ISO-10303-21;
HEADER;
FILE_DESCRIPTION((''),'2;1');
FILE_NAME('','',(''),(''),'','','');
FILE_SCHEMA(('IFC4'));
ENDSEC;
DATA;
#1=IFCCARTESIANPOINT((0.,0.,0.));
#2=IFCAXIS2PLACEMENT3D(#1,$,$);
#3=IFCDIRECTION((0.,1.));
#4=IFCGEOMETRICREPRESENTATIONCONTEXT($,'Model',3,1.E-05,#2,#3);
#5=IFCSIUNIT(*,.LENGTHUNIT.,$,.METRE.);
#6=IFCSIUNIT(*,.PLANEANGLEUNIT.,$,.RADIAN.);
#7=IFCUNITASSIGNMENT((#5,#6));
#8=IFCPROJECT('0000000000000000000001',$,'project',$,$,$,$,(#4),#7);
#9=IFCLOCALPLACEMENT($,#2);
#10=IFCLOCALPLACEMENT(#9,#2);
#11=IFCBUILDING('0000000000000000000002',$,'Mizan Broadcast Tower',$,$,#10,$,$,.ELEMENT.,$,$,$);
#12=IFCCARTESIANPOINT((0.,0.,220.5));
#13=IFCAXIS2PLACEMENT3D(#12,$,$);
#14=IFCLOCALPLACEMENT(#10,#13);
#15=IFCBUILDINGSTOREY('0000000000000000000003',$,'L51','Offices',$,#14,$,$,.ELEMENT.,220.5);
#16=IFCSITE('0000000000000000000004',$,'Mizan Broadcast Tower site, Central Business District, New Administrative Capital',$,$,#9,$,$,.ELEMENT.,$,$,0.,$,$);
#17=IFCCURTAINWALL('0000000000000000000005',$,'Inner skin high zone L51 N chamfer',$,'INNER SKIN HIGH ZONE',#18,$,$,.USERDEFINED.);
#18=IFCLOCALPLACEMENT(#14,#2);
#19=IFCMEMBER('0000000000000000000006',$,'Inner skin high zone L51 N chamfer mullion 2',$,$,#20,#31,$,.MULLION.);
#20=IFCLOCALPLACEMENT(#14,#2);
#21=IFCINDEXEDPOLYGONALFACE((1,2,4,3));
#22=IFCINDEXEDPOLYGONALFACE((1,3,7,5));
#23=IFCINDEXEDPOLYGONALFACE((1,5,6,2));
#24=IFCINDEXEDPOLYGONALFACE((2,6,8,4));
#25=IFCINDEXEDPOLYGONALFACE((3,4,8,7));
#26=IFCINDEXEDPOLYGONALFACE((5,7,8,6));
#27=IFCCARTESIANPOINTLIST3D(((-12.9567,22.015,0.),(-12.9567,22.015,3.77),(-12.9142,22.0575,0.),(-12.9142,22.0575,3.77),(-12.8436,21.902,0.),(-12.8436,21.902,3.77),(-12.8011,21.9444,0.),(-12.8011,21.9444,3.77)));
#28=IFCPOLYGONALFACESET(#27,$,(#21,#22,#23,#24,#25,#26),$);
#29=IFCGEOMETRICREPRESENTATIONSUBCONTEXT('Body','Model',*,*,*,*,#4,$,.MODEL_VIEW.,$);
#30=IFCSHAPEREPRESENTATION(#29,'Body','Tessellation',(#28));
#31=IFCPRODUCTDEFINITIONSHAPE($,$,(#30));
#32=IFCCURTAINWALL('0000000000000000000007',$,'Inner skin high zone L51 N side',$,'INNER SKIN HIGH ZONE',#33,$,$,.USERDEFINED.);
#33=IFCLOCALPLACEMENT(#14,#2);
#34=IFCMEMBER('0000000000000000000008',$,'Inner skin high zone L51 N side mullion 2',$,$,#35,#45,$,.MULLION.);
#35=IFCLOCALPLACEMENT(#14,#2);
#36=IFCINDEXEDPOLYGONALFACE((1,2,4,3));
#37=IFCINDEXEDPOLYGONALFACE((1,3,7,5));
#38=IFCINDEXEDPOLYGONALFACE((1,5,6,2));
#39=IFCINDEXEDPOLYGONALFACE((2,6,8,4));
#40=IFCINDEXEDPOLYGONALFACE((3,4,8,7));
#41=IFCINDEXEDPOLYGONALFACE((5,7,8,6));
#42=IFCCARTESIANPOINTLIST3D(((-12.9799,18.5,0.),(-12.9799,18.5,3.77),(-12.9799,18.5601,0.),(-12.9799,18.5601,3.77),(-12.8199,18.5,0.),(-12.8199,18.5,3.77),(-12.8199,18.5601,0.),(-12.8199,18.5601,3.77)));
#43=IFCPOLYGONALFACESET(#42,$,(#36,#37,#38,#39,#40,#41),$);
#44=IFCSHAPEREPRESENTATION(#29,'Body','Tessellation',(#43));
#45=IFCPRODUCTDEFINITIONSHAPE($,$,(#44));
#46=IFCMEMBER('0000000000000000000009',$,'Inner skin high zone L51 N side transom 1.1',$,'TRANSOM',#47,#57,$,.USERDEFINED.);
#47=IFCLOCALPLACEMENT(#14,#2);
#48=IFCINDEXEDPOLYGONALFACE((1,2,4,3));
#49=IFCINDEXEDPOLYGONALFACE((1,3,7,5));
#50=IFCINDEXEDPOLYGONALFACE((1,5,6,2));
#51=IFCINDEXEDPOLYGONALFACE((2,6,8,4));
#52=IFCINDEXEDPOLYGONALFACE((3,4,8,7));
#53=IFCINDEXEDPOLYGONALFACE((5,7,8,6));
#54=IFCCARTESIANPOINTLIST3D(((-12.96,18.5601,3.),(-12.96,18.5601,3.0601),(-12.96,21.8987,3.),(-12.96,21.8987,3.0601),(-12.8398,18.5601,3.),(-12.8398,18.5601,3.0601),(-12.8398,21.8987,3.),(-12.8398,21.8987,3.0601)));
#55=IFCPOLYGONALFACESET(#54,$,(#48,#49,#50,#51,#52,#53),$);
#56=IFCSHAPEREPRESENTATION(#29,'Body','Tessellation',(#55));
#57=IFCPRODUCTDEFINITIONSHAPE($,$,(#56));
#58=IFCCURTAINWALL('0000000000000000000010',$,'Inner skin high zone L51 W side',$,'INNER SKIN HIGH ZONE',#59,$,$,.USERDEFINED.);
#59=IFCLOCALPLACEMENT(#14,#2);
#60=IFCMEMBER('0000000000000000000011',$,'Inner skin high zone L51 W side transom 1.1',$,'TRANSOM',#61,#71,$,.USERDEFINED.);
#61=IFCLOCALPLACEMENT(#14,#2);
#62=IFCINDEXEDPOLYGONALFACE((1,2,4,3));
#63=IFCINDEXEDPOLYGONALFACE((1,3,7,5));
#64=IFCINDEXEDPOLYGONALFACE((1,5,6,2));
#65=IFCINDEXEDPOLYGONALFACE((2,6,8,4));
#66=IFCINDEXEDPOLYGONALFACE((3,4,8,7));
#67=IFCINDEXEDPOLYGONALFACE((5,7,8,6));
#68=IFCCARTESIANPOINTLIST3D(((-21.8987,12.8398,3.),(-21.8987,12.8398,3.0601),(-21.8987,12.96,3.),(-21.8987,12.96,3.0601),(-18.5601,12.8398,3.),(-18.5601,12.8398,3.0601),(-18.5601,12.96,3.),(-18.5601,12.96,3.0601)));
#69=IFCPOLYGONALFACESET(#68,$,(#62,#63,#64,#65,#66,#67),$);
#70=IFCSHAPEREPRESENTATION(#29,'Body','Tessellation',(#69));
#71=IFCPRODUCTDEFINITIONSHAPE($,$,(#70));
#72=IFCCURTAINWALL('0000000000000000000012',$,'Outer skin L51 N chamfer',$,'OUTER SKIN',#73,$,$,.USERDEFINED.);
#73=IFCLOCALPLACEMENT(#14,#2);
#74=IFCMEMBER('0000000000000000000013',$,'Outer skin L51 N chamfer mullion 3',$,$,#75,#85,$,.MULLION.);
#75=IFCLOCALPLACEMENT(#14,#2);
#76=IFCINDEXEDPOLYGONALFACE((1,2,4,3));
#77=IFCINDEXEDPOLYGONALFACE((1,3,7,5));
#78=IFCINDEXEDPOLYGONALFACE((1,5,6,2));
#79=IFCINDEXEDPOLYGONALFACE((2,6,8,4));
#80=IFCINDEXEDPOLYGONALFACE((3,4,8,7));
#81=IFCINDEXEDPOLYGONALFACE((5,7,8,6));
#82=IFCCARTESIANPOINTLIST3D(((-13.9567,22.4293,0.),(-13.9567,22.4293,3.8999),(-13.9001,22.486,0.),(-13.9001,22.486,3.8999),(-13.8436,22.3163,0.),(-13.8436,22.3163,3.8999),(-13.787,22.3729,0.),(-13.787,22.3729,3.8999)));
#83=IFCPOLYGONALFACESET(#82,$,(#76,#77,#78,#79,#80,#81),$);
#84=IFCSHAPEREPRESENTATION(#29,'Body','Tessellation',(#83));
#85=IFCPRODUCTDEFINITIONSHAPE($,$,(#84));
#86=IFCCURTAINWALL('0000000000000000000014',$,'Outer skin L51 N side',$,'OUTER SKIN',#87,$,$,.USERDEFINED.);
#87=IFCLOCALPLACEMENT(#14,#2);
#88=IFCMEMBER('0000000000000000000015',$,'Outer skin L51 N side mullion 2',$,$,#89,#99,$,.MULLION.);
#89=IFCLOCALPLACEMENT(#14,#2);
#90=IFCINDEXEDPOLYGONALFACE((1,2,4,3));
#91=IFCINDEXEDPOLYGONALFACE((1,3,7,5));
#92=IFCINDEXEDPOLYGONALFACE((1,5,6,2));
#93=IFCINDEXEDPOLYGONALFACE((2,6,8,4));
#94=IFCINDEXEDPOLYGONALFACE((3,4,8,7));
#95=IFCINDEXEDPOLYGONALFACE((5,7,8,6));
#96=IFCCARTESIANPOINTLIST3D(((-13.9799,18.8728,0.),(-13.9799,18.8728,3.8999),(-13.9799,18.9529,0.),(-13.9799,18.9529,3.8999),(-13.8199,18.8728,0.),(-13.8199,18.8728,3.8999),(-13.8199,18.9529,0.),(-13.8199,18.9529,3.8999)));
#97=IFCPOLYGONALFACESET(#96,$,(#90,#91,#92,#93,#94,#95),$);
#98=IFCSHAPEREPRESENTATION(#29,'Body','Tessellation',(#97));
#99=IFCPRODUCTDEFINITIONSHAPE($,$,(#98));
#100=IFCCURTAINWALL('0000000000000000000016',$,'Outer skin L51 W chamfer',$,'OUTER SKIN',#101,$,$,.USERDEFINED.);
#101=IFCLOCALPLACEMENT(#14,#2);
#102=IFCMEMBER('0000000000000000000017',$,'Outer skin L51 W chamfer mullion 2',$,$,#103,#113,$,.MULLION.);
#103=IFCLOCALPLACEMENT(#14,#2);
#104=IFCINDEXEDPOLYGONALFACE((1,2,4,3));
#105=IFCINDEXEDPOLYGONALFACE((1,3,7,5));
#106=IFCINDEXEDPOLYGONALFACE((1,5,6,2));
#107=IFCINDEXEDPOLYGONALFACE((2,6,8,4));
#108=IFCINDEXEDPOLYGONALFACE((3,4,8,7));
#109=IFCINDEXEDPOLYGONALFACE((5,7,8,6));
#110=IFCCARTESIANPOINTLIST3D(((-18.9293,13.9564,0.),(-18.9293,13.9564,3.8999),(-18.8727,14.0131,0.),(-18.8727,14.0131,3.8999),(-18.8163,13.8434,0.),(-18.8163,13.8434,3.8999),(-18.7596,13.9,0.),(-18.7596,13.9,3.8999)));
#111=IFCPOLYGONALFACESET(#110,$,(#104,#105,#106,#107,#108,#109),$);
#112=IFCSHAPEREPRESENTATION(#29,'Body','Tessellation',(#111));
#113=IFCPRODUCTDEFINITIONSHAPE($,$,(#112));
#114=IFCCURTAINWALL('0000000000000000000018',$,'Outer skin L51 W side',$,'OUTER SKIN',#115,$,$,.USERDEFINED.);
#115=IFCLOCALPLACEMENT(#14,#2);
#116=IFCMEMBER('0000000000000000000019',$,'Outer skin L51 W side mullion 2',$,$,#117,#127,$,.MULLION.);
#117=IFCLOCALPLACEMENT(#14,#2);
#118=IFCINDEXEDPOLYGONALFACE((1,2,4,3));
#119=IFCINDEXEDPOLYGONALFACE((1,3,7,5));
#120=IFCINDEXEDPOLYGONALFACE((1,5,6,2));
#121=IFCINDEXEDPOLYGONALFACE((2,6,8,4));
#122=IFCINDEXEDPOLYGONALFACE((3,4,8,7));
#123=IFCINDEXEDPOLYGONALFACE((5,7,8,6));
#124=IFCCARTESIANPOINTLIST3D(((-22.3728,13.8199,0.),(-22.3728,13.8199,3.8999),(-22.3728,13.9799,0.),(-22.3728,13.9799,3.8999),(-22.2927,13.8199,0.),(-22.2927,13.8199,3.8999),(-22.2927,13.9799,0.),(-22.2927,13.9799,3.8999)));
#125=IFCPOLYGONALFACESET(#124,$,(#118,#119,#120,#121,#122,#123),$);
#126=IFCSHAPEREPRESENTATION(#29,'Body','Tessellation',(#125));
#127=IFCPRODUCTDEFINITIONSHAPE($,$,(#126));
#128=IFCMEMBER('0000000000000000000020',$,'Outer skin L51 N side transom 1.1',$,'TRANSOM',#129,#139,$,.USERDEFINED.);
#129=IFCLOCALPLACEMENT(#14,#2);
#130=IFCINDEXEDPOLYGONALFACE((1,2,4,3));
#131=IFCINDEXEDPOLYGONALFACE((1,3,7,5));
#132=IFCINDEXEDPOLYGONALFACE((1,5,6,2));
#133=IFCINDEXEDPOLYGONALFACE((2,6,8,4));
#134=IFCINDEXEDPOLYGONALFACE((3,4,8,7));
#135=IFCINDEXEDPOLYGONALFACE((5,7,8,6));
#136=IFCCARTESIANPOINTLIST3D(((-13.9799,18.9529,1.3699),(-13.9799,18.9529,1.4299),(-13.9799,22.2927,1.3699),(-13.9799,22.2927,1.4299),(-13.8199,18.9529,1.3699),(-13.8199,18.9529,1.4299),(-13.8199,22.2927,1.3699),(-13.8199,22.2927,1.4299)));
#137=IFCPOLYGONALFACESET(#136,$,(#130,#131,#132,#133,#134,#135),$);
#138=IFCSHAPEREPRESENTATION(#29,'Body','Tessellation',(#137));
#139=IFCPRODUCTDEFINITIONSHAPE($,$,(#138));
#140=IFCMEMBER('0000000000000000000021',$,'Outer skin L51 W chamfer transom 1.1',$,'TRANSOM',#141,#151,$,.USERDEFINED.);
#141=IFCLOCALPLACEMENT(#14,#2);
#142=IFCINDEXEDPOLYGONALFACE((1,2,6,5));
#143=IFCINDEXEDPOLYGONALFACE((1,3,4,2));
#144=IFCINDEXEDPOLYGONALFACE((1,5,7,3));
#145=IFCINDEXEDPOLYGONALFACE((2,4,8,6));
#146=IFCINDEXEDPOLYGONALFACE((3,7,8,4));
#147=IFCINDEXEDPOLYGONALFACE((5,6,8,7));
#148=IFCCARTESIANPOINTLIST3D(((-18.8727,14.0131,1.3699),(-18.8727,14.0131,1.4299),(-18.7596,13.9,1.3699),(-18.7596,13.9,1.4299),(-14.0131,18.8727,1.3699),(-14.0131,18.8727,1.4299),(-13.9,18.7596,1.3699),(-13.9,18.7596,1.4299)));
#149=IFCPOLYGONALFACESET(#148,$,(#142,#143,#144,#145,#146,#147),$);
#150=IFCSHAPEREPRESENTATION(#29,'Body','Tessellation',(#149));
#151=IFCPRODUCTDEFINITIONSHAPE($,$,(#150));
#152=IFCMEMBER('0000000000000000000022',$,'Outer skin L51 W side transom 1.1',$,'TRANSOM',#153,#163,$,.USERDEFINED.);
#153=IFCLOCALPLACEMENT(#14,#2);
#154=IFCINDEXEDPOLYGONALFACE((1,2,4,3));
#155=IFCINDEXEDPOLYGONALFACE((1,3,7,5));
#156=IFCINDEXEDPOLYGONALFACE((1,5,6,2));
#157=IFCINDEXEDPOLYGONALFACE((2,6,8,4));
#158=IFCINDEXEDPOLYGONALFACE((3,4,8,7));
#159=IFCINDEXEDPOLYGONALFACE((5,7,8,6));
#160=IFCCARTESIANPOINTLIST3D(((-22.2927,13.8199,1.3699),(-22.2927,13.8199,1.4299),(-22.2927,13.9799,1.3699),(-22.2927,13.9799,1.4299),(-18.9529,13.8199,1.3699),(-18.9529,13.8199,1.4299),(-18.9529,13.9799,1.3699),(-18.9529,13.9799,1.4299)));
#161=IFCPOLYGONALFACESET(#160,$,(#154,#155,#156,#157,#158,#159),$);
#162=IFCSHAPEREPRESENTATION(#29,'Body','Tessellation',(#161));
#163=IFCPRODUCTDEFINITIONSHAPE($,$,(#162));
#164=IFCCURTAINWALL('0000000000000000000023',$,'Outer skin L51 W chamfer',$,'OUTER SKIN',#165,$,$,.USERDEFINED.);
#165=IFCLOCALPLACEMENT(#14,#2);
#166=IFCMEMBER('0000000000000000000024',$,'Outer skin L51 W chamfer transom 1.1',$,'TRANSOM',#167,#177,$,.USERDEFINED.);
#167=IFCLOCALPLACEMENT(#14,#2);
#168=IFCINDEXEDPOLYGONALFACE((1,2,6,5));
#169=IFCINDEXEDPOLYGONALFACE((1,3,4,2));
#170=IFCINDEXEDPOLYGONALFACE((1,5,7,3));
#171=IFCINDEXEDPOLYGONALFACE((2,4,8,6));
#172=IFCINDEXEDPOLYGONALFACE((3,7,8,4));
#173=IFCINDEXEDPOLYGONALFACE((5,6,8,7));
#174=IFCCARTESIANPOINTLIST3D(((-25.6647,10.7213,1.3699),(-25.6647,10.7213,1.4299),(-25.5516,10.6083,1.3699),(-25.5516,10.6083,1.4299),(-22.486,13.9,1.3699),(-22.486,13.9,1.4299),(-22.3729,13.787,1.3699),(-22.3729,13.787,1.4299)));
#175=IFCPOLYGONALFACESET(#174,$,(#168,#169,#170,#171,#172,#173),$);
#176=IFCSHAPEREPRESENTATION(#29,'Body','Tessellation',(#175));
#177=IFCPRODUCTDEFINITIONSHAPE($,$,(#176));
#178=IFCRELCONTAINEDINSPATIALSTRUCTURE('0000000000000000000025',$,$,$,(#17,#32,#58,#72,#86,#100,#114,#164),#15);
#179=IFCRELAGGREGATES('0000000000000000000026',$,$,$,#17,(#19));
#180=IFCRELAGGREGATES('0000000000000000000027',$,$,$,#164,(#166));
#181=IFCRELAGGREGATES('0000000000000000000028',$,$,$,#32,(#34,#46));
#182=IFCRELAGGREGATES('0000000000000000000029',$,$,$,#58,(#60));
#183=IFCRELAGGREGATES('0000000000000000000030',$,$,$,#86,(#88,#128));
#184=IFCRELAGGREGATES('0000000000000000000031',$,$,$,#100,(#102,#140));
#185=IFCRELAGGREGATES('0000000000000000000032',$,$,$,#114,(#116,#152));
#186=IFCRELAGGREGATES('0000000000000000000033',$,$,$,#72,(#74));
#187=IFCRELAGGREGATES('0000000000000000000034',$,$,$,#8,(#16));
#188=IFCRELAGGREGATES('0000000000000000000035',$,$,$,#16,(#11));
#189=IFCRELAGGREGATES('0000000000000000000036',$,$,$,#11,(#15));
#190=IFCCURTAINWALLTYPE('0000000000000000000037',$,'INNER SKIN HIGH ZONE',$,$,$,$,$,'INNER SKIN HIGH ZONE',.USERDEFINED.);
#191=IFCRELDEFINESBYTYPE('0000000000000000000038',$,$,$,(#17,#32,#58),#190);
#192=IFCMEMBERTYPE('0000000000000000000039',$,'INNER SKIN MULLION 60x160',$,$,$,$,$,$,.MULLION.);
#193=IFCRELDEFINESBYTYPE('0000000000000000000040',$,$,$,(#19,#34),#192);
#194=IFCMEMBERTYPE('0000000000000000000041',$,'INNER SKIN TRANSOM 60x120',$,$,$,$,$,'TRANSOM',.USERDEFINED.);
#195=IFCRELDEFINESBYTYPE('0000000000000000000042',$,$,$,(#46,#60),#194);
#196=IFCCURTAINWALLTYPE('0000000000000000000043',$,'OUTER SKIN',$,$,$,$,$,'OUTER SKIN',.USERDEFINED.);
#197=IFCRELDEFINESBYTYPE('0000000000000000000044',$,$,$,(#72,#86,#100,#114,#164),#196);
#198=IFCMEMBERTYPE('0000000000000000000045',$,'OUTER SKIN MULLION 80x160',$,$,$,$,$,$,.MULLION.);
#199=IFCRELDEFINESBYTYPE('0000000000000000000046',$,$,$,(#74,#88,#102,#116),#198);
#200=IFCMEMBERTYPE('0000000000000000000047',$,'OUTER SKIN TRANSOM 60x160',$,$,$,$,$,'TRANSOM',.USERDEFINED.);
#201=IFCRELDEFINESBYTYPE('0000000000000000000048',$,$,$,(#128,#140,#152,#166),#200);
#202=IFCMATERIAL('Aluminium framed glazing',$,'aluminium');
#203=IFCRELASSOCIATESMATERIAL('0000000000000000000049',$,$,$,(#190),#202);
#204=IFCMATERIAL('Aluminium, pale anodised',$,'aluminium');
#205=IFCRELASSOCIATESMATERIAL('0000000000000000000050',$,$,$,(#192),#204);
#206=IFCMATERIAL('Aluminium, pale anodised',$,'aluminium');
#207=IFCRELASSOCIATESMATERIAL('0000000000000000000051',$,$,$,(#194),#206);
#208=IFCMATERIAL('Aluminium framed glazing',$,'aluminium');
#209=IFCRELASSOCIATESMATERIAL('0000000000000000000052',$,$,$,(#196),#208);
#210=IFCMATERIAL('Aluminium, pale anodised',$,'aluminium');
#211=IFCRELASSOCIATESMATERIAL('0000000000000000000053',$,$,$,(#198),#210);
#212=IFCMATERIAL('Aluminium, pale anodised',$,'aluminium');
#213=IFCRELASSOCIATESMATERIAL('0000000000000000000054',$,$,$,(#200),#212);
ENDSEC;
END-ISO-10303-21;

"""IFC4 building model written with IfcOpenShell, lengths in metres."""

from ifc_helpers import new_model, si_unit, direction, frame, origin, origin_2d, place, context, subcontext, project, spatial, rectangle, extrude, material, material_profile, profile_set, type_object, element, aggregate, save


model = new_model("IFC4")

# Units and contexts
model_context = context("Model", 3, precision=1e-05, world=origin(), true_north=direction((0.0, 1.0)))
body_context = subcontext(model_context, "Body", "Model", "MODEL_VIEW")
ifc_project = project(units=[si_unit("LENGTHUNIT", "METRE"), si_unit("PLANEANGLEUNIT", "RADIAN")], contexts=[model_context])

# Site, building, storey
site_placement = place(None, origin())
site = spatial("IfcSite", under=ifc_project, at=site_placement, Name="Mizan Broadcast Tower site, Central Business District, New Administrative Capital", CompositionType="ELEMENT", RefElevation=0.0)
building_placement = place(site_placement, origin())
building = spatial("IfcBuilding", under=site, at=building_placement, Name="Mizan Broadcast Tower", CompositionType="ELEMENT")
storey_placement = place(building_placement, frame((0.0, 0.0, 220.5)))
storey = spatial("IfcBuildingStorey", under=building, at=storey_placement, Name="L51", Description="Offices", CompositionType="ELEMENT", Elevation=220.5)

# Curtain wall, member
ifc_material_1 = material(Name="Aluminium framed glazing", Category="aluminium")
curtain_wall_type_1 = type_object("IfcCurtainWallType", Name="INNER SKIN HIGH ZONE", ElementType="INNER SKIN HIGH ZONE", PredefinedType="USERDEFINED", material=ifc_material_1)
curtain_wall_1_placement = place(storey_placement, origin())
curtain_wall_1 = element("IfcCurtainWall", 1, at=curtain_wall_1_placement, inside=storey, type_object=curtain_wall_type_1, Name="Inner skin high zone L51 N chamfer", ObjectType="INNER SKIN HIGH ZONE", PredefinedType="USERDEFINED")
ifc_material_2 = material(Name="Aluminium, pale anodised", Category="aluminium")
ifc_material_profile_1 = material_profile(ifc_material_2, rectangle(XDim=0.1599, YDim=0.0601, at=origin_2d()), Name="MULLION 160x60")
ifc_profile_set_1 = profile_set([ifc_material_profile_1], Name="Aluminium, pale anodised")
member_type_1 = type_object("IfcMemberType", Name="INNER SKIN MULLION 60x160", PredefinedType="MULLION", material=ifc_profile_set_1)
member_1_placement = place(storey_placement, frame((-12.8789, 21.9797, 0.0), z_axis=(0.0, 0.0, 1.0), x_axis=(0.707107, -0.707107, 0.0)))
member_1 = element("IfcMember", 2, at=member_1_placement, type_object=member_type_1, Name="Inner skin high zone L51 N chamfer mullion 2", PredefinedType="MULLION", context=body_context, shape_type="SweptSolid", body=[
    extrude(rectangle(XDim=0.1599, YDim=0.0601, at=origin_2d()), origin(), (0.0, 0.0, 1.0), 3.77),
])
aggregate(curtain_wall_1, [member_1])

# Curtain wall, members
curtain_wall_2_placement = place(storey_placement, origin())
curtain_wall_2 = element("IfcCurtainWall", 3, at=curtain_wall_2_placement, inside=storey, type_object=curtain_wall_type_1, Name="Inner skin high zone L51 N side", ObjectType="INNER SKIN HIGH ZONE", PredefinedType="USERDEFINED")
member_2_placement = place(storey_placement, frame((-12.8999, 18.53, 0.0), z_axis=(0.0, 0.0, 1.0), x_axis=(1.0, 0.0, 0.0)))
member_2 = element("IfcMember", 4, at=member_2_placement, type_object=member_type_1, Name="Inner skin high zone L51 N side mullion 2", PredefinedType="MULLION", context=body_context, shape_type="SweptSolid", body=[
    extrude(rectangle(XDim=0.1599, YDim=0.0601, at=origin_2d()), origin(), (0.0, 0.0, 1.0), 3.77),
])
ifc_material_3 = material(Name="Aluminium, pale anodised", Category="aluminium")
ifc_material_profile_2 = material_profile(ifc_material_3, rectangle(XDim=0.1201, YDim=0.0601, at=origin_2d()), Name="TRANSOM 120x60")
ifc_profile_set_2 = profile_set([ifc_material_profile_2], Name="Aluminium, pale anodised")
member_type_2 = type_object("IfcMemberType", Name="INNER SKIN TRANSOM 60x120", ElementType="TRANSOM", PredefinedType="USERDEFINED", material=ifc_profile_set_2)
member_3_placement = place(storey_placement, frame((-12.8999, 21.8987, 3.03), z_axis=(0.0, -1.0, 0.0), x_axis=(1.0, 0.0, 0.0)))
member_3 = element("IfcMember", 5, at=member_3_placement, type_object=member_type_2, Name="Inner skin high zone L51 N side transom 1.1", ObjectType="TRANSOM", PredefinedType="USERDEFINED", context=body_context, shape_type="SweptSolid", body=[
    extrude(rectangle(XDim=0.1201, YDim=0.0601, at=origin_2d()), origin(), (0.0, 0.0, 1.0), 3.3386),
])

# Curtain walls, members
curtain_wall_3_placement = place(storey_placement, origin())
curtain_wall_3 = element("IfcCurtainWall", 6, at=curtain_wall_3_placement, inside=storey, type_object=curtain_wall_type_1, Name="Inner skin high zone L51 W side", ObjectType="INNER SKIN HIGH ZONE", PredefinedType="USERDEFINED")
member_4_placement = place(storey_placement, frame((-18.5601, 12.8999, 3.03), z_axis=(-1.0, 0.0, 0.0), x_axis=(0.0, -1.0, 0.0)))
member_4 = element("IfcMember", 7, at=member_4_placement, type_object=member_type_2, Name="Inner skin high zone L51 W side transom 1.1", ObjectType="TRANSOM", PredefinedType="USERDEFINED", context=body_context, shape_type="SweptSolid", body=[
    extrude(rectangle(XDim=0.1201, YDim=0.0601, at=origin_2d()), origin(), (0.0, 0.0, 1.0), 3.3386),
])
ifc_material_4 = material(Name="Aluminium framed glazing", Category="aluminium")
curtain_wall_type_2 = type_object("IfcCurtainWallType", Name="OUTER SKIN", ElementType="OUTER SKIN", PredefinedType="USERDEFINED", material=ifc_material_4)
curtain_wall_4_placement = place(storey_placement, origin())
curtain_wall_4 = element("IfcCurtainWall", 8, at=curtain_wall_4_placement, inside=storey, type_object=curtain_wall_type_2, Name="Outer skin L51 N chamfer", ObjectType="OUTER SKIN", PredefinedType="USERDEFINED")
ifc_material_5 = material(Name="Aluminium, pale anodised", Category="aluminium")
ifc_material_profile_3 = material_profile(ifc_material_5, rectangle(XDim=0.1599, YDim=0.0801, at=origin_2d()), Name="MULLION 160x80")
ifc_profile_set_3 = profile_set([ifc_material_profile_3], Name="Aluminium, pale anodised")
member_type_3 = type_object("IfcMemberType", Name="OUTER SKIN MULLION 80x160", PredefinedType="MULLION", material=ifc_profile_set_3)
member_5_placement = place(storey_placement, frame((-13.8718, 22.4011, 0.0), z_axis=(0.0, 0.0, 1.0), x_axis=(0.707107, -0.707107, 0.0)))
member_5 = element("IfcMember", 9, at=member_5_placement, type_object=member_type_3, Name="Outer skin L51 N chamfer mullion 3", PredefinedType="MULLION", context=body_context, shape_type="SweptSolid", body=[
    extrude(rectangle(XDim=0.1599, YDim=0.0801, at=origin_2d()), origin(), (0.0, 0.0, 1.0), 3.8999),
])
curtain_wall_5_placement = place(storey_placement, origin())
curtain_wall_5 = element("IfcCurtainWall", 10, at=curtain_wall_5_placement, inside=storey, type_object=curtain_wall_type_2, Name="Outer skin L51 N side", ObjectType="OUTER SKIN", PredefinedType="USERDEFINED")
member_6_placement = place(storey_placement, frame((-13.8999, 18.9128, 0.0), z_axis=(0.0, 0.0, 1.0), x_axis=(1.0, 0.0, 0.0)))
member_6 = element("IfcMember", 11, at=member_6_placement, type_object=member_type_3, Name="Outer skin L51 N side mullion 2", PredefinedType="MULLION", context=body_context, shape_type="SweptSolid", body=[
    extrude(rectangle(XDim=0.1599, YDim=0.0801, at=origin_2d()), origin(), (0.0, 0.0, 1.0), 3.8999),
])
curtain_wall_6_placement = place(storey_placement, origin())
curtain_wall_6 = element("IfcCurtainWall", 12, at=curtain_wall_6_placement, inside=storey, type_object=curtain_wall_type_2, Name="Outer skin L51 W chamfer", ObjectType="OUTER SKIN", PredefinedType="USERDEFINED")
member_7_placement = place(storey_placement, frame((-18.8445, 13.9282, 0.0), z_axis=(0.0, 0.0, 1.0), x_axis=(0.707107, -0.707107, 0.0)))
member_7 = element("IfcMember", 13, at=member_7_placement, type_object=member_type_3, Name="Outer skin L51 W chamfer mullion 2", PredefinedType="MULLION", context=body_context, shape_type="SweptSolid", body=[
    extrude(rectangle(XDim=0.1599, YDim=0.0801, at=origin_2d()), origin(), (0.0, 0.0, 1.0), 3.8999),
])
curtain_wall_7_placement = place(storey_placement, origin())
curtain_wall_7 = element("IfcCurtainWall", 14, at=curtain_wall_7_placement, inside=storey, type_object=curtain_wall_type_2, Name="Outer skin L51 W side", ObjectType="OUTER SKIN", PredefinedType="USERDEFINED")
member_8_placement = place(storey_placement, frame((-22.3328, 13.8999, 0.0), z_axis=(0.0, 0.0, 1.0), x_axis=(0.0, -1.0, 0.0)))
member_8 = element("IfcMember", 15, at=member_8_placement, type_object=member_type_3, Name="Outer skin L51 W side mullion 2", PredefinedType="MULLION", context=body_context, shape_type="SweptSolid", body=[
    extrude(rectangle(XDim=0.1599, YDim=0.0801, at=origin_2d()), origin(), (0.0, 0.0, 1.0), 3.8999),
])

# Members
ifc_material_6 = material(Name="Aluminium, pale anodised", Category="aluminium")
ifc_material_profile_4 = material_profile(ifc_material_6, rectangle(XDim=0.1599, YDim=0.0601, at=origin_2d()), Name="TRANSOM 160x60")
ifc_profile_set_4 = profile_set([ifc_material_profile_4], Name="Aluminium, pale anodised")
member_type_4 = type_object("IfcMemberType", Name="OUTER SKIN TRANSOM 60x160", ElementType="TRANSOM", PredefinedType="USERDEFINED", material=ifc_profile_set_4)
member_9_placement = place(storey_placement, frame((-13.8999, 22.2927, 1.3999), z_axis=(0.0, -1.0, 0.0), x_axis=(1.0, 0.0, 0.0)))
member_9 = element("IfcMember", 16, at=member_9_placement, type_object=member_type_4, Name="Outer skin L51 N side transom 1.1", ObjectType="TRANSOM", PredefinedType="USERDEFINED", context=body_context, shape_type="SweptSolid", body=[
    extrude(rectangle(XDim=0.1599, YDim=0.0601, at=origin_2d()), origin(), (0.0, 0.0, 1.0), 3.3398),
])
member_10_placement = place(storey_placement, frame((-13.9565, 18.8162, 1.3999), z_axis=(-0.707107, -0.707107, 0.0), x_axis=(0.707107, -0.707107, 0.0)))
member_10 = element("IfcMember", 17, at=member_10_placement, type_object=member_type_4, Name="Outer skin L51 W chamfer transom 1.1", ObjectType="TRANSOM", PredefinedType="USERDEFINED", context=body_context, shape_type="SweptSolid", body=[
    extrude(rectangle(XDim=0.1599, YDim=0.0601, at=origin_2d()), origin(), (0.0, 0.0, 1.0), 6.8726),
])
member_11_placement = place(storey_placement, frame((-18.9529, 13.8999, 1.3999), z_axis=(-1.0, 0.0, 0.0), x_axis=(0.0, -1.0, 0.0)))
member_11 = element("IfcMember", 18, at=member_11_placement, type_object=member_type_4, Name="Outer skin L51 W side transom 1.1", ObjectType="TRANSOM", PredefinedType="USERDEFINED", context=body_context, shape_type="SweptSolid", body=[
    extrude(rectangle(XDim=0.1599, YDim=0.0601, at=origin_2d()), origin(), (0.0, 0.0, 1.0), 3.3398),
])

# Curtain wall, member
curtain_wall_8_placement = place(storey_placement, origin())
curtain_wall_8 = element("IfcCurtainWall", 19, at=curtain_wall_8_placement, inside=storey, type_object=curtain_wall_type_2, Name="Outer skin L51 W chamfer", ObjectType="OUTER SKIN", PredefinedType="USERDEFINED")
member_12_placement = place(storey_placement, frame((-22.4294, 13.8435, 1.3999), z_axis=(-0.707107, -0.707107, 0.0), x_axis=(0.707107, -0.707107, 0.0)))
member_12 = element("IfcMember", 20, at=member_12_placement, type_object=member_type_4, Name="Outer skin L51 W chamfer transom 1.1", ObjectType="TRANSOM", PredefinedType="USERDEFINED", context=body_context, shape_type="SweptSolid", body=[
    extrude(rectangle(XDim=0.1599, YDim=0.0601, at=origin_2d()), origin(), (0.0, 0.0, 1.0), 4.4954),
])
aggregate(curtain_wall_8, [member_12])

aggregate(curtain_wall_2, [member_2, member_3])
aggregate(curtain_wall_3, [member_4])
aggregate(curtain_wall_5, [member_6, member_9])
aggregate(curtain_wall_6, [member_7, member_10])
aggregate(curtain_wall_7, [member_8, member_11])
aggregate(curtain_wall_4, [member_5])

save(model, "model.ifc")
